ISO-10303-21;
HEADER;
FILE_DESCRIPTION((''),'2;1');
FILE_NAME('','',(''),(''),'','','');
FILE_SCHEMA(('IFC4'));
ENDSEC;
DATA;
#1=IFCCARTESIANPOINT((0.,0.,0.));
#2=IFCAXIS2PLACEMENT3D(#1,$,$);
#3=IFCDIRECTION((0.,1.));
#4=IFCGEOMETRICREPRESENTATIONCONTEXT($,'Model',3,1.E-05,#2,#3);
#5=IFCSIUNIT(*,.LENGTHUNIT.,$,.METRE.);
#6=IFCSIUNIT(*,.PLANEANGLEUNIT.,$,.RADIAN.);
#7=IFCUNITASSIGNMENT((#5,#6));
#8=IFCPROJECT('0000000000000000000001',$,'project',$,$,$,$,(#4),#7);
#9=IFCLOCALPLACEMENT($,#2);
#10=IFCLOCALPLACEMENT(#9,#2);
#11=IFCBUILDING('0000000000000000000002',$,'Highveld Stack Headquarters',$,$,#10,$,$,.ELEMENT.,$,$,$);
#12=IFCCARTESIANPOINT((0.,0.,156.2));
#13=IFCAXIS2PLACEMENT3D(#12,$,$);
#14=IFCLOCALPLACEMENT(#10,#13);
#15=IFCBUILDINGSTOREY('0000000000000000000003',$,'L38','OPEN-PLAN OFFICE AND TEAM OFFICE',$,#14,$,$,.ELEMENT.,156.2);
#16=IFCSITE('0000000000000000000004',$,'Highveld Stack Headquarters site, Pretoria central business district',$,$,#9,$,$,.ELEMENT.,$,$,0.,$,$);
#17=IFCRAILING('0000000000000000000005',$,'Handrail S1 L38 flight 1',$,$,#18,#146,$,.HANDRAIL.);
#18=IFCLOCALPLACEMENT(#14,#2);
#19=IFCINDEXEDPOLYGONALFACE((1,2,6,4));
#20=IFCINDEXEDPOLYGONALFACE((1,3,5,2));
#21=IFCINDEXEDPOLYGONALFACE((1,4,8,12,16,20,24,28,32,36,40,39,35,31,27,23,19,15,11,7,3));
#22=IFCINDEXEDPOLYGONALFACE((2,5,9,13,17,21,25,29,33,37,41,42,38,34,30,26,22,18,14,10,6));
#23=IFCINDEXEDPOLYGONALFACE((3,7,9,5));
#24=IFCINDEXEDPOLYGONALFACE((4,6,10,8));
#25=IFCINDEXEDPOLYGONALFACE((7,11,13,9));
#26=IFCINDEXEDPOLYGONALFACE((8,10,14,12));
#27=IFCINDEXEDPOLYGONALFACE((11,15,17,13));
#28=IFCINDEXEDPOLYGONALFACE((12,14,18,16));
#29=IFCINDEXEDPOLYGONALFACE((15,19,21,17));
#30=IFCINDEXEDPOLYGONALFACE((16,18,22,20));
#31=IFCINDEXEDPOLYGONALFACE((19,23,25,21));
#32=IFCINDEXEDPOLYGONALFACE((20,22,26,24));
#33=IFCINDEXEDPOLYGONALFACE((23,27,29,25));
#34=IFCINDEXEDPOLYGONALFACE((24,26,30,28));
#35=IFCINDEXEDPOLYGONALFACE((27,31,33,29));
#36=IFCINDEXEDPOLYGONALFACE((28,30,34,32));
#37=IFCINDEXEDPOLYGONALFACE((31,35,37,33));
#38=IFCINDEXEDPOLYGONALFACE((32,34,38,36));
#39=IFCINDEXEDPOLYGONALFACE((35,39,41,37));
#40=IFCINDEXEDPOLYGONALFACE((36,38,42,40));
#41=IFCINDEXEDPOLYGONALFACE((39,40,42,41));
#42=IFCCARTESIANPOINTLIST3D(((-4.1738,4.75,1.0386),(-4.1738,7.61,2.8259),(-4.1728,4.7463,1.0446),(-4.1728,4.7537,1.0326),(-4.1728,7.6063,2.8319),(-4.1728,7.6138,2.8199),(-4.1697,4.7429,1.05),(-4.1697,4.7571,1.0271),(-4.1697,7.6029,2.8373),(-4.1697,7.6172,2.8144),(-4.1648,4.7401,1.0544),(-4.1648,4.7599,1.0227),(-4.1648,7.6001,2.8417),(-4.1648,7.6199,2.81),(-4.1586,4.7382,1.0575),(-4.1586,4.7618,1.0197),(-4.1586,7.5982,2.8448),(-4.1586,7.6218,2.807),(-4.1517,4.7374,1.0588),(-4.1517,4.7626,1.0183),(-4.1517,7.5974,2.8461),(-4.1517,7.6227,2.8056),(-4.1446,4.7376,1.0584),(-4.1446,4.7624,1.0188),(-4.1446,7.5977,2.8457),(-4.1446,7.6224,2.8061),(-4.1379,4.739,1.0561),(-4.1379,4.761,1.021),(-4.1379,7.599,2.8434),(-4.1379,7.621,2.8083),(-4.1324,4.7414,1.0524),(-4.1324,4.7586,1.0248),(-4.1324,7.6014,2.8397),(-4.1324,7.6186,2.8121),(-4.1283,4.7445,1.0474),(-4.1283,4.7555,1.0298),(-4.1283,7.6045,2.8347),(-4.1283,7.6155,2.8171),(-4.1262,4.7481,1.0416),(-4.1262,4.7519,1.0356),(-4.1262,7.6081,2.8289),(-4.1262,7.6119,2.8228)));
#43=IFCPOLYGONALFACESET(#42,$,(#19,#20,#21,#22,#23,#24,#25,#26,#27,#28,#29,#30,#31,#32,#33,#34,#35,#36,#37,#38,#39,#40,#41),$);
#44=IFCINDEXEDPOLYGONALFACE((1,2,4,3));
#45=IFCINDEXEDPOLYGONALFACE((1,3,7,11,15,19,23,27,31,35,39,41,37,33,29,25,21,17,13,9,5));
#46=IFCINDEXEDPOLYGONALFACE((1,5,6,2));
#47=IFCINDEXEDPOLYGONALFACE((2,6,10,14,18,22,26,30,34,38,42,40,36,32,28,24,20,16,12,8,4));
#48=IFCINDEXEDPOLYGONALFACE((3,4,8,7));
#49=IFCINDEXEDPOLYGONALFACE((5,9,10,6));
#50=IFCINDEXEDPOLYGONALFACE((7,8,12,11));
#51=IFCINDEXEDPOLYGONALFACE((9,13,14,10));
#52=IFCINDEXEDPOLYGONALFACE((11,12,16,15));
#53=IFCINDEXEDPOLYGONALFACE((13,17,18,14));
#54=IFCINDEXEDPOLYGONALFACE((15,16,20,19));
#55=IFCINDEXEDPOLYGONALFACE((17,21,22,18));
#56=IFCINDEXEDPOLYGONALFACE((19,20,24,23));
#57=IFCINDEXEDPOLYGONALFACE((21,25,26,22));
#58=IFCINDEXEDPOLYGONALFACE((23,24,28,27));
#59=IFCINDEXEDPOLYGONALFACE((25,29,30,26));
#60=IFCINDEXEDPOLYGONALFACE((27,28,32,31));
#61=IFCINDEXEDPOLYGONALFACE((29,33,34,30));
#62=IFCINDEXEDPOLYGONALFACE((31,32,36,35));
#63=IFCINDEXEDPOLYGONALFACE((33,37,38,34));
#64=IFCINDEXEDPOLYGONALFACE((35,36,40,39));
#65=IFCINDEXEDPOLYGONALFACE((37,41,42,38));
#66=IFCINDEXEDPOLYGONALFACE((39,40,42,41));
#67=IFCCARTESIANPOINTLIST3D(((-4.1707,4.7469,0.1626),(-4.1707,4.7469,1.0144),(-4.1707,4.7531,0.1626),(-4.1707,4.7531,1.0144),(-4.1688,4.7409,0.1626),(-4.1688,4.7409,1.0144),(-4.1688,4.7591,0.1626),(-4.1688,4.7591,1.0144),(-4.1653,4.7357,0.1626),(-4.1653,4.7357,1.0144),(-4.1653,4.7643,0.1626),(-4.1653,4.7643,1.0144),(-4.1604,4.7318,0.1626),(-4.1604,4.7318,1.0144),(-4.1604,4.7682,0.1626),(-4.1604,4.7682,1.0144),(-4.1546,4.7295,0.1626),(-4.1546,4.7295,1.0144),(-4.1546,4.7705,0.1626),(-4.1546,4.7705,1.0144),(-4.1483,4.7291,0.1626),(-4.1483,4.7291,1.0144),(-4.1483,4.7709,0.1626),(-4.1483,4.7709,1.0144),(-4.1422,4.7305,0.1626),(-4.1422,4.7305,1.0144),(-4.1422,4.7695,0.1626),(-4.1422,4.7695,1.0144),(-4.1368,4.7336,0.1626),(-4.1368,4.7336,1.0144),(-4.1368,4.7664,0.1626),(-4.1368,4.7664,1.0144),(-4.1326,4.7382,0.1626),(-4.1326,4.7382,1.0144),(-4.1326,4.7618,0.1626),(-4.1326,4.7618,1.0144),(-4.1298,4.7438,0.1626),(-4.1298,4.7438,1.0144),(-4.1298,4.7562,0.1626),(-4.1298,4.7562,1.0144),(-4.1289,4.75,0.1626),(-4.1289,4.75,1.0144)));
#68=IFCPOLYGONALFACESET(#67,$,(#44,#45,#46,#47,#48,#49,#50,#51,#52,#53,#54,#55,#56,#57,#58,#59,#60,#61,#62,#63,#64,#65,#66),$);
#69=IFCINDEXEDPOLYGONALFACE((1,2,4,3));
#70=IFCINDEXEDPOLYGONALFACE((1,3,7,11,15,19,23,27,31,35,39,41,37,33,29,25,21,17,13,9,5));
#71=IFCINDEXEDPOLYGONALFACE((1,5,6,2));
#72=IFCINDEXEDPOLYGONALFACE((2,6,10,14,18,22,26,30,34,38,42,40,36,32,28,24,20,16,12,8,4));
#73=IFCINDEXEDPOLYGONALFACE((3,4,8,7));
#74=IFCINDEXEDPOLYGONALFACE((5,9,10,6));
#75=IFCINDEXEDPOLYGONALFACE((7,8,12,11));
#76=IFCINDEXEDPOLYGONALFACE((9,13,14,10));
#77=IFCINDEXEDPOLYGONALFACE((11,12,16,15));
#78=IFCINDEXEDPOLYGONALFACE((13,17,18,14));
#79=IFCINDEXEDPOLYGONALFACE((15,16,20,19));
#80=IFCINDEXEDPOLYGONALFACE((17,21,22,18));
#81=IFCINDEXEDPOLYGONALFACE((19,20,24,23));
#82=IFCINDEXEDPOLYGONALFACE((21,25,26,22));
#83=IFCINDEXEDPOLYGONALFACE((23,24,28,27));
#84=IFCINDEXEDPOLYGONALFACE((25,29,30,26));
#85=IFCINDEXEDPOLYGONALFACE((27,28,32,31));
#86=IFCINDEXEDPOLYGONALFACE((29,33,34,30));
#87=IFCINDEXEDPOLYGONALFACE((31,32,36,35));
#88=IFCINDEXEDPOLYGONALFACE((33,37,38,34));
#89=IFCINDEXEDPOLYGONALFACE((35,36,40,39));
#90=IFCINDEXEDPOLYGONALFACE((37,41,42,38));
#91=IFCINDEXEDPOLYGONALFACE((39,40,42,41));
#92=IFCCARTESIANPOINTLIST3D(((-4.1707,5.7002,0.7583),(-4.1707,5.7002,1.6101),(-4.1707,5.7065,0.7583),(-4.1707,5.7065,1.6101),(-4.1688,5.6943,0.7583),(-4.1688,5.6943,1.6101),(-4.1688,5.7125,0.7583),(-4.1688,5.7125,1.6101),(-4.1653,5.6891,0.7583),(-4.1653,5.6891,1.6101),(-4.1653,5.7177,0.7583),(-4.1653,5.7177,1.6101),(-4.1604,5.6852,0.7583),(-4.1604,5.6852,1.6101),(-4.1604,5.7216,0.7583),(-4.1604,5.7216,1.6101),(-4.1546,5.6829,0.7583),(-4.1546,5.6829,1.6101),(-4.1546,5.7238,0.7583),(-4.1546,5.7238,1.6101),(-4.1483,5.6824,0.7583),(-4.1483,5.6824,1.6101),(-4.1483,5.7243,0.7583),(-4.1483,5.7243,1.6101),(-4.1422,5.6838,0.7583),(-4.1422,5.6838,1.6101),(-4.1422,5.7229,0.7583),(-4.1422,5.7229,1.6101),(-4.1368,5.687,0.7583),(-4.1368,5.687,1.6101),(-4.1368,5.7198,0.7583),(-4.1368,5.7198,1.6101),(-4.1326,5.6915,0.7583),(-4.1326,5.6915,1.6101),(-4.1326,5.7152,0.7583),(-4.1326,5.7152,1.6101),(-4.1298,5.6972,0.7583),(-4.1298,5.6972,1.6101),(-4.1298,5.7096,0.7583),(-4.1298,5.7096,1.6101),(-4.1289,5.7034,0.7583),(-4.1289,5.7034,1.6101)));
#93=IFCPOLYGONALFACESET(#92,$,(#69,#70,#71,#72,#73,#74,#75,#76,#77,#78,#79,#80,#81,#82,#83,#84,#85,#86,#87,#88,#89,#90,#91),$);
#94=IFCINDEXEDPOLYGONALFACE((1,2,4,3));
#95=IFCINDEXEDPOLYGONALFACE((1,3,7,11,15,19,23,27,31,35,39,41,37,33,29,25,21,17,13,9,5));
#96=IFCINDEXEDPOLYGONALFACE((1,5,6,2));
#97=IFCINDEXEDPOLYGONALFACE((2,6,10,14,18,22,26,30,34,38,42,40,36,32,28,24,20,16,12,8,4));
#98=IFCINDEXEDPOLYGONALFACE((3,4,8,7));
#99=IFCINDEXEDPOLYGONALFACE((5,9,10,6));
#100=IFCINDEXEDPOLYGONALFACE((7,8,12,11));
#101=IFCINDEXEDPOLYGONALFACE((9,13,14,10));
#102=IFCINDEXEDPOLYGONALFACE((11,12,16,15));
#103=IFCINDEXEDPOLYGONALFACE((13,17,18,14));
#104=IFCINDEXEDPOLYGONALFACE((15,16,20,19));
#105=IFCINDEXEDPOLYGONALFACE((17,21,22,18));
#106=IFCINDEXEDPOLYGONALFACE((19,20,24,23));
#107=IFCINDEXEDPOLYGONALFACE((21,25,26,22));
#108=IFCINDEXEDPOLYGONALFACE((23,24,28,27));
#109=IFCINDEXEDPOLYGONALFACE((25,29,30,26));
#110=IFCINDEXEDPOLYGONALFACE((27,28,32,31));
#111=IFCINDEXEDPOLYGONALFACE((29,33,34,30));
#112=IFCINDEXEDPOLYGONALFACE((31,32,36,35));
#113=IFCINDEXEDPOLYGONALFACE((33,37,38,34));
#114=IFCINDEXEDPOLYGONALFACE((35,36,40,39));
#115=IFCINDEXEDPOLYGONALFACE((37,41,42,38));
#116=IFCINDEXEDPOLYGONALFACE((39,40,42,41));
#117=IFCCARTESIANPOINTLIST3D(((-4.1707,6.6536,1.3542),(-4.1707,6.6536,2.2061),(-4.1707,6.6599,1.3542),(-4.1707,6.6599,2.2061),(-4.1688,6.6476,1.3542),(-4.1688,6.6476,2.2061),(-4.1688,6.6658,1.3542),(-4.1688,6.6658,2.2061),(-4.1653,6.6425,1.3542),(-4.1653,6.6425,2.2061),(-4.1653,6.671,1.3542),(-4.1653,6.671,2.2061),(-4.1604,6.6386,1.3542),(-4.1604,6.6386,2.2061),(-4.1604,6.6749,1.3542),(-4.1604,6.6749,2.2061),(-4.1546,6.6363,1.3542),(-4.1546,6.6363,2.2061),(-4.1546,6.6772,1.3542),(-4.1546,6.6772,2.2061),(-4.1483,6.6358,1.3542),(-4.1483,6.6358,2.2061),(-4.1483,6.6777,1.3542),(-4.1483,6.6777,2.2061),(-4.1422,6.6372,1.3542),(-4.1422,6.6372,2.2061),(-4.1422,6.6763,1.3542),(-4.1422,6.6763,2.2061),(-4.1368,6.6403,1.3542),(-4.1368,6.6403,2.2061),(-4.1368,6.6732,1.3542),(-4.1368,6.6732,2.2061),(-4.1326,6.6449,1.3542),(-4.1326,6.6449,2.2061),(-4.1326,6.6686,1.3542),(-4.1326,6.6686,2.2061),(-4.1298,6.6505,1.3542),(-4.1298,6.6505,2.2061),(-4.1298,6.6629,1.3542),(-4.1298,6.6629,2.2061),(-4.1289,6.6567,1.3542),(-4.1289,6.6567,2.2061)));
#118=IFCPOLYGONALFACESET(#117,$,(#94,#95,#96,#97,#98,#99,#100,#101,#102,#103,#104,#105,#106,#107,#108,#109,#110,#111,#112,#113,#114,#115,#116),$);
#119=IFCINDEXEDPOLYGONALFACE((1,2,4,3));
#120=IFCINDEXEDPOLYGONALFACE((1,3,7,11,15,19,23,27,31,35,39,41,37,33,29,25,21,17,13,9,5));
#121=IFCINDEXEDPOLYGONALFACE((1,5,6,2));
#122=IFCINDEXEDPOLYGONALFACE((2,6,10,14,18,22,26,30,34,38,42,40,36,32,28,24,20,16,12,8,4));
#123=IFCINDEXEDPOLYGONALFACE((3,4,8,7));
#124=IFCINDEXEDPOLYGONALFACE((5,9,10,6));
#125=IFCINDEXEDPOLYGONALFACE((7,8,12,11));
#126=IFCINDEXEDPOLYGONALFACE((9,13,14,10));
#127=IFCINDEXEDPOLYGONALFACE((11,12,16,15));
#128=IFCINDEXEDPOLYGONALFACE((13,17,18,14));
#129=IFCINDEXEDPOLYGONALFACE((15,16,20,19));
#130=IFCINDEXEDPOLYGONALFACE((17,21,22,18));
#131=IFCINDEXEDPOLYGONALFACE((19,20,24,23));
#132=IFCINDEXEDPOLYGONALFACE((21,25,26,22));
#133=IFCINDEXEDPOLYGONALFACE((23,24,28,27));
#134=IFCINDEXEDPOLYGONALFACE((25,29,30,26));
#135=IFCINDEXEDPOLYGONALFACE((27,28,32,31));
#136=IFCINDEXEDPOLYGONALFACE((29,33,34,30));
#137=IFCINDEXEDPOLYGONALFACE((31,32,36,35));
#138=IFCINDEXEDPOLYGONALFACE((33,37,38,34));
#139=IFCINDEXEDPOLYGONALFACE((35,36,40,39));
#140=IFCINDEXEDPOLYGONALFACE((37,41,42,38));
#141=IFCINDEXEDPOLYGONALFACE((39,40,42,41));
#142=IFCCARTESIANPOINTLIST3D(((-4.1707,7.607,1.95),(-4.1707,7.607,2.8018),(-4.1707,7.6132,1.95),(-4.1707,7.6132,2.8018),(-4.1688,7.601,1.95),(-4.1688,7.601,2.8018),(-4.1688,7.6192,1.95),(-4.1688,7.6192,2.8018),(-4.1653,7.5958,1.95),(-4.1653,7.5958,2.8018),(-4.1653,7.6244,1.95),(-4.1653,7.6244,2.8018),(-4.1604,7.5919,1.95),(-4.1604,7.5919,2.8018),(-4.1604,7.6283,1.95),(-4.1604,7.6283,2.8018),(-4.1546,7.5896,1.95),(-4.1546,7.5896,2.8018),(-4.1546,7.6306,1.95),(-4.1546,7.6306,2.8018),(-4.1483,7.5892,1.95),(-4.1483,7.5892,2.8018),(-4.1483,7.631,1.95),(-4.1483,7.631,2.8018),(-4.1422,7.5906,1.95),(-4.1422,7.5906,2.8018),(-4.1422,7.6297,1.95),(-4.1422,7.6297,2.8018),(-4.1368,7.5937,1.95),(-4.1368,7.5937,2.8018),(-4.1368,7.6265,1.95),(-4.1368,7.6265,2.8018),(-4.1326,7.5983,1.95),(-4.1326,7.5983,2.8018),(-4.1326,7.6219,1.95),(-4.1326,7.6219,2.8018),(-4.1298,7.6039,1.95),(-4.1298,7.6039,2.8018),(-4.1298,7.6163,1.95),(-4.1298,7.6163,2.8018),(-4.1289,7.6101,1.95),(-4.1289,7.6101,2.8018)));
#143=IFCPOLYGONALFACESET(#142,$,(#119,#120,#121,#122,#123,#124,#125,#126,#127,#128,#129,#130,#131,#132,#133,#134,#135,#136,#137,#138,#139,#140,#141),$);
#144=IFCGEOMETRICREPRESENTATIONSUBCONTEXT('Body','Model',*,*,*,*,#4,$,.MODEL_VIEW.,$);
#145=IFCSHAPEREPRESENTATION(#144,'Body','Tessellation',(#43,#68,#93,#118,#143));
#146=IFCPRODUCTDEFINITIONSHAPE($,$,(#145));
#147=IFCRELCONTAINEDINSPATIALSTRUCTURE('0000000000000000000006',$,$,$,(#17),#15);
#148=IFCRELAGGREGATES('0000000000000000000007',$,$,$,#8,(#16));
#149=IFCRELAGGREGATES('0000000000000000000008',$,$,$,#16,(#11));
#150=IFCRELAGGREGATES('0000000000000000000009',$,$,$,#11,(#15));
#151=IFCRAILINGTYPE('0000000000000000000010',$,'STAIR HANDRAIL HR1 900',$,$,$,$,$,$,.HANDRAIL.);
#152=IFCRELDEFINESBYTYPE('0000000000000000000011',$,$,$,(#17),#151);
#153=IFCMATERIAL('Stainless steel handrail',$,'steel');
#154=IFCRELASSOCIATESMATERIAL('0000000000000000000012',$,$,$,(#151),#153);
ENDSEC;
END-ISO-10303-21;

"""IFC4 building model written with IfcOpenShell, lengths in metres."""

from ifc_helpers import new_model, si_unit, direction, frame, origin, origin_2d, place, context, subcontext, project, spatial, circle, extrude, material, type_object, element, save


model = new_model("IFC4")

# Units and contexts
model_context = context("Model", 3, precision=1e-05, world=origin(), true_north=direction((0.0, 1.0)))
body_context = subcontext(model_context, "Body", "Model", "MODEL_VIEW")
ifc_project = project(units=[si_unit("LENGTHUNIT", "METRE"), si_unit("PLANEANGLEUNIT", "RADIAN")], contexts=[model_context])

# Site, building, storey
site_placement = place(None, origin())
site = spatial("IfcSite", under=ifc_project, at=site_placement, Name="Highveld Stack Headquarters site, Pretoria central business district", CompositionType="ELEMENT", RefElevation=0.0)
building_placement = place(site_placement, origin())
building = spatial("IfcBuilding", under=site, at=building_placement, Name="Highveld Stack Headquarters", CompositionType="ELEMENT")
storey_placement = place(building_placement, frame((0.0, 0.0, 156.2)))
storey = spatial("IfcBuildingStorey", under=building, at=storey_placement, Name="L38", Description="OPEN-PLAN OFFICE AND TEAM OFFICE", CompositionType="ELEMENT", Elevation=156.2)

# Railing
ifc_material_1 = material(Name="Stainless steel handrail", Category="steel")
railing_type = type_object("IfcRailingType", Name="STAIR HANDRAIL HR1 900", PredefinedType="HANDRAIL", material=ifc_material_1)
for number, where, name in (
    (1, (-4.1499, 4.75, 0.1626), "Handrail S1 L38 flight 1"),
):
    element("IfcRailing", number, at=place(storey_placement, frame(where)), inside=storey, type_object=railing_type, Name=name, PredefinedType="HANDRAIL", context=body_context, shape_type="SweptSolid", body=[
        extrude(circle(Radius=0.0239, at=origin_2d()), frame((0.0, 0.0, 0.876), z_axis=(0.0, 0.848027, 0.529953), x_axis=(-1.0, 0.0, 0.0)), (0.0, 0.0, 1.0), 3.3726),
        extrude(circle(Radius=0.021, at=origin_2d()), origin(), (0.0, 0.0, 1.0), 0.8518),
        extrude(circle(Radius=0.021, at=origin_2d()), frame((0.0, 0.9534, 0.5957)), (0.0, 0.0, 1.0), 0.8518),
        extrude(circle(Radius=0.021, at=origin_2d()), frame((0.0, 1.9067, 1.1917)), (0.0, 0.0, 1.0), 0.8518),
        extrude(circle(Radius=0.021, at=origin_2d()), frame((0.0, 2.8601, 1.7874)), (0.0, 0.0, 1.0), 0.8518),
    ])

save(model, "model.ifc")
